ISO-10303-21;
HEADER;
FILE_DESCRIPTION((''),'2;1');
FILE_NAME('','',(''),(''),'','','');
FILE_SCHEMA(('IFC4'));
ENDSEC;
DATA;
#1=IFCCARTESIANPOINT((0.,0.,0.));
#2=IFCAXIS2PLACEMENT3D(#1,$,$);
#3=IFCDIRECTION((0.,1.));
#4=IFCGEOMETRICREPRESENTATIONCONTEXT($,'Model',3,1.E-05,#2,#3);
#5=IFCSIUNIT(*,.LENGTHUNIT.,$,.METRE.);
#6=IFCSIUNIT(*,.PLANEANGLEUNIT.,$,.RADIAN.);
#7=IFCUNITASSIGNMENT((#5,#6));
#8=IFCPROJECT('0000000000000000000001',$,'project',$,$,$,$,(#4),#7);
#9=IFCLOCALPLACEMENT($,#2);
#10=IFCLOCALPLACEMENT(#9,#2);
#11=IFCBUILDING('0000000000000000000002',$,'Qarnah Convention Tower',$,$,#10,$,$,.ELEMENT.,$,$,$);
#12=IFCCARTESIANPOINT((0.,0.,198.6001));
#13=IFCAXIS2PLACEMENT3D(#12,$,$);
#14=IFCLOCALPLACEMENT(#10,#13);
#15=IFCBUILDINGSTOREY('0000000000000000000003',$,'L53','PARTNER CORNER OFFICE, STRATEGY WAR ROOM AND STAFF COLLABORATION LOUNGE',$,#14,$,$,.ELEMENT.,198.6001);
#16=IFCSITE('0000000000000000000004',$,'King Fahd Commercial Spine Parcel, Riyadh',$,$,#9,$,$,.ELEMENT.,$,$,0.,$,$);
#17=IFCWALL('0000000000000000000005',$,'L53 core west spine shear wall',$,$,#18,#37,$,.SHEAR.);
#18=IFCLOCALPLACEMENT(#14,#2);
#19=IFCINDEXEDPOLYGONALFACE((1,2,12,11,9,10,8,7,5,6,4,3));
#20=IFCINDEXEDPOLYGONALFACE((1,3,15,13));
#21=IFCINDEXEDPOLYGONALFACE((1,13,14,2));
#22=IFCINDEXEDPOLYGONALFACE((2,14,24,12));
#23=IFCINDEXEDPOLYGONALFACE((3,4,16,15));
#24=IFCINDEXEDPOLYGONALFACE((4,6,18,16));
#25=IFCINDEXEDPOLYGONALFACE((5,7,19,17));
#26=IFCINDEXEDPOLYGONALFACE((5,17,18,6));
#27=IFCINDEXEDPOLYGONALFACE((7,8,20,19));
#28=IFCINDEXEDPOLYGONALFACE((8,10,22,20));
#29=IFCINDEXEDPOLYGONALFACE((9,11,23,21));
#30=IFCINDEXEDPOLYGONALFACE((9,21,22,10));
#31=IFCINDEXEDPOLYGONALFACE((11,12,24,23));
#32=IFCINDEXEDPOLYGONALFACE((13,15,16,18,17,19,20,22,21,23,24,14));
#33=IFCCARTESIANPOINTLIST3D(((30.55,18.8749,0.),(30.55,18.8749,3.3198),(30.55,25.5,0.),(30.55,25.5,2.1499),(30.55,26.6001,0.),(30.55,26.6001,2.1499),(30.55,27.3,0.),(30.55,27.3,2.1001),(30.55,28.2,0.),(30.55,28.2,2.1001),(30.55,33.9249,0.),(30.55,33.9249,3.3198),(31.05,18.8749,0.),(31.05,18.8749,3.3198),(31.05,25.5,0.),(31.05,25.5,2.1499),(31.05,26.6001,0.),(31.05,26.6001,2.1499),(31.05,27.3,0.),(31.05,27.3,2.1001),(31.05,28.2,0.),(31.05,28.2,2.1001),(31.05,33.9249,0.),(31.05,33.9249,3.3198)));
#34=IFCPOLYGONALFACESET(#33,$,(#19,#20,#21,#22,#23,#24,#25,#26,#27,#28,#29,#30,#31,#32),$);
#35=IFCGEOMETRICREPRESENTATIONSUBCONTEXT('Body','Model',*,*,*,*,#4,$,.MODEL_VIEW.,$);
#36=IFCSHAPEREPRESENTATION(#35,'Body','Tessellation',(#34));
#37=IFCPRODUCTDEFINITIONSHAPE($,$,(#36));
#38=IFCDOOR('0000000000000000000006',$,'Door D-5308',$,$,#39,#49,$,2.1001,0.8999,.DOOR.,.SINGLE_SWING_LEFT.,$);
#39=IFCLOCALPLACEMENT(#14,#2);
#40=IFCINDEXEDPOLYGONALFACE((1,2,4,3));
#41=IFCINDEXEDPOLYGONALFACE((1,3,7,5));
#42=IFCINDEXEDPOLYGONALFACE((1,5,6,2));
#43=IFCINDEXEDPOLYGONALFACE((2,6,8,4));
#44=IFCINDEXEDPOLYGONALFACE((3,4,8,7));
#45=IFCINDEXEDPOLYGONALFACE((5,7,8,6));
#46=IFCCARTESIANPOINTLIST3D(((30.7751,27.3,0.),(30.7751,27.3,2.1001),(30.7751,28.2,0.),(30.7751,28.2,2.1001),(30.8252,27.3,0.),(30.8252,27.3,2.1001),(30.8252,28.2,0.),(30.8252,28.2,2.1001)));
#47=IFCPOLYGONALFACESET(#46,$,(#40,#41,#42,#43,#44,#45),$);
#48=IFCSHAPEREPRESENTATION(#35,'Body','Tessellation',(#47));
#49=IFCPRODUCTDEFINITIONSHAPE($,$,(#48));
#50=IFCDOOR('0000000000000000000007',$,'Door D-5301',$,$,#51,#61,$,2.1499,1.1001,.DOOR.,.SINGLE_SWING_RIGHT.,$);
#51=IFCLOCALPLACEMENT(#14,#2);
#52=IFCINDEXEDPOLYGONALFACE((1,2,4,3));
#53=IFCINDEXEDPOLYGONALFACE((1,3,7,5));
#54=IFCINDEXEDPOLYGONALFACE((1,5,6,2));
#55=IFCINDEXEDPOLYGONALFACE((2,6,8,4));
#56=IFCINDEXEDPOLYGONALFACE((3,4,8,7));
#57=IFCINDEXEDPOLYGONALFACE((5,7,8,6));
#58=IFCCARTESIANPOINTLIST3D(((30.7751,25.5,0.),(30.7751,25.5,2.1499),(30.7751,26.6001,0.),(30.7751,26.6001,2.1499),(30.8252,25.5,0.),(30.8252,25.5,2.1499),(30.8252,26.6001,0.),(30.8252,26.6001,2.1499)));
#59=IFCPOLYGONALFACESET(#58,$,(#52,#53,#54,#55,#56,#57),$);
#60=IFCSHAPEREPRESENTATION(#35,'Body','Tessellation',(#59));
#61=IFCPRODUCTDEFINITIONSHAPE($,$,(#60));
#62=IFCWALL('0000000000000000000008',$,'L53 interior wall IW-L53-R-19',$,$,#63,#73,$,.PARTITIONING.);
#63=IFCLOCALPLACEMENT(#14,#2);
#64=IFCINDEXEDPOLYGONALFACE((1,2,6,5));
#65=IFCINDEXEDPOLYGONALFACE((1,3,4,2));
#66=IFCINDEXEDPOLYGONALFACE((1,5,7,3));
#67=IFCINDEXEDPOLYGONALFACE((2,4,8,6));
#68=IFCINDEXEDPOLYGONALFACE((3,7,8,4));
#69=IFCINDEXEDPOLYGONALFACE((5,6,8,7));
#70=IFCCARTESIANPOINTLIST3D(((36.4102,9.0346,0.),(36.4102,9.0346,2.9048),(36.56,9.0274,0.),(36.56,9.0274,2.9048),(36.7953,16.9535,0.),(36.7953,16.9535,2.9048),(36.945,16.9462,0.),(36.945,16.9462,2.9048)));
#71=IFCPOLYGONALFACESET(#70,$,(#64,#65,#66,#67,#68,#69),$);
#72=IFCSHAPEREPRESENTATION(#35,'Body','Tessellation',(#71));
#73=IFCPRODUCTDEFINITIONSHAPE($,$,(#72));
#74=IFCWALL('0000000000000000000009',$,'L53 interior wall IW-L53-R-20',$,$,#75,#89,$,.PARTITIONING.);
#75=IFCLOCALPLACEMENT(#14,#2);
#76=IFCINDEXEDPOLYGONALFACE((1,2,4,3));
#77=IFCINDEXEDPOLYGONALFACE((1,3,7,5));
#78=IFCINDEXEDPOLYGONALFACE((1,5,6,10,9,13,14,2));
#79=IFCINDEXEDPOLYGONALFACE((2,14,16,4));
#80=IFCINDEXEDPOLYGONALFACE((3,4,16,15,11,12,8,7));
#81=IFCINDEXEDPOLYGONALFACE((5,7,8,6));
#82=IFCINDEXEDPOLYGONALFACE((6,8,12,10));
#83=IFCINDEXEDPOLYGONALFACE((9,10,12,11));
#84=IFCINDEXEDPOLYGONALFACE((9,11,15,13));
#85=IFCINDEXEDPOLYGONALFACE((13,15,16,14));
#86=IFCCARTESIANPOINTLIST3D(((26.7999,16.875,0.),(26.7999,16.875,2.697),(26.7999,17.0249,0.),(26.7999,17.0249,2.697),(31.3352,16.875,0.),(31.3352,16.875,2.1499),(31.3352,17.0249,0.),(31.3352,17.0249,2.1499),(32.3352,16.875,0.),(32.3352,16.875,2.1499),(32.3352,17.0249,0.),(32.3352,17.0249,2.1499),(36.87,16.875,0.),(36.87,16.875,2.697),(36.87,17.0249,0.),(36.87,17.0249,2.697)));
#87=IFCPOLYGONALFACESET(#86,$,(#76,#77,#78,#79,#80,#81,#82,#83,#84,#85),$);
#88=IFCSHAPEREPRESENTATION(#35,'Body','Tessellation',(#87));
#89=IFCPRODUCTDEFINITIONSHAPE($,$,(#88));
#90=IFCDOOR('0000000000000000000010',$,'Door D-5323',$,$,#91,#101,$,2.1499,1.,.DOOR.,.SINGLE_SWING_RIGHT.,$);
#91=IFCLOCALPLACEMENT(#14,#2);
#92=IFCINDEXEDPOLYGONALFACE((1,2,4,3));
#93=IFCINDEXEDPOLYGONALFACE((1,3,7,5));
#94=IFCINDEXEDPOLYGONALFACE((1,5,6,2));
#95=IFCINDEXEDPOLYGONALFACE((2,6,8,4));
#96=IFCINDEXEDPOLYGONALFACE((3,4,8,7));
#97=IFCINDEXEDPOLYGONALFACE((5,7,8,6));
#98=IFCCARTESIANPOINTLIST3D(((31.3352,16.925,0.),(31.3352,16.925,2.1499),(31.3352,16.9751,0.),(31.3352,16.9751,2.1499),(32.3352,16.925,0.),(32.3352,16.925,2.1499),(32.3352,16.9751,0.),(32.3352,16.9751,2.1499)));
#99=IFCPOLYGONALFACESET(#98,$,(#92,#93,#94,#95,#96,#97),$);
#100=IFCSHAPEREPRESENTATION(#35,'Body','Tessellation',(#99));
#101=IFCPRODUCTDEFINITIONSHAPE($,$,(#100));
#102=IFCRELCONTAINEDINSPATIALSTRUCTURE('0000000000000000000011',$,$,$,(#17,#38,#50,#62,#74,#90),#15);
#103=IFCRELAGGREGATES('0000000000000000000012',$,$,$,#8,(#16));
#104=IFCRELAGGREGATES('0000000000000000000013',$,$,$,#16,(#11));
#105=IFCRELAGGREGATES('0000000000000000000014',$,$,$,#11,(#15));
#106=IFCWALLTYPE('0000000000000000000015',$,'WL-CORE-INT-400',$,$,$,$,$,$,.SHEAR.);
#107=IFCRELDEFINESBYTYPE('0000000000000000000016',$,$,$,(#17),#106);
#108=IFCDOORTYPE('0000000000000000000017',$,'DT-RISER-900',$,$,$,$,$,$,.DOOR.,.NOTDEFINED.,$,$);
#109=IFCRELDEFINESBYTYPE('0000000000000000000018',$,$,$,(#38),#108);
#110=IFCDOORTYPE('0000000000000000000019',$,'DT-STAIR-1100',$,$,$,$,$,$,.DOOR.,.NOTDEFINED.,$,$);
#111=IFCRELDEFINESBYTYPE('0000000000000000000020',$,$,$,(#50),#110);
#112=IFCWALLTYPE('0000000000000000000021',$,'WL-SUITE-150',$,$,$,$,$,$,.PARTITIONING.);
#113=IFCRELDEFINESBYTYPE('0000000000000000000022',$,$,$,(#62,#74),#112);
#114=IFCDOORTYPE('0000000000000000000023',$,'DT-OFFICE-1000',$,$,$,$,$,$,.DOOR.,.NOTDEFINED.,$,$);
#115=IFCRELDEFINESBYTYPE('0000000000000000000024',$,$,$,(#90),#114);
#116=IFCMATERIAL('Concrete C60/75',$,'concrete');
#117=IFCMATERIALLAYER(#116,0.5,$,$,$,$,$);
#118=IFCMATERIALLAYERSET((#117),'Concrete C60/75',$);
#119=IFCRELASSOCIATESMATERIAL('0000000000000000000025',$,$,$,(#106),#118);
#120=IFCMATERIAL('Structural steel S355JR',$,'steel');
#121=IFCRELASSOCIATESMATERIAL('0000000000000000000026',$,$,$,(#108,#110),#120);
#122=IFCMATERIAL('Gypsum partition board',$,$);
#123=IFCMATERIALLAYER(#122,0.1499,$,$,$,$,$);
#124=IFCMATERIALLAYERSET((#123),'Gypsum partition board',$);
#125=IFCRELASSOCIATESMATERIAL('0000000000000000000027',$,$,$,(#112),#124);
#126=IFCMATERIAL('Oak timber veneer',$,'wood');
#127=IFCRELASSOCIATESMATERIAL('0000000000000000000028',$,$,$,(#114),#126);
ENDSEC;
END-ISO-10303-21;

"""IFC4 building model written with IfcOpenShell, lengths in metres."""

from ifc_helpers import new_model, si_unit, direction, frame, frame_2d, origin, place, context, subcontext, project, spatial, rectangle, extrude, material, layer, layer_set, type_object, element, fill, save


model = new_model("IFC4")

# Units and contexts
model_context = context("Model", 3, precision=1e-05, world=origin(), true_north=direction((0.0, 1.0)))
body_context = subcontext(model_context, "Body", "Model", "MODEL_VIEW")
ifc_project = project(units=[si_unit("LENGTHUNIT", "METRE"), si_unit("PLANEANGLEUNIT", "RADIAN")], contexts=[model_context])

# Site, building, storey
site_placement = place(None, origin())
site = spatial("IfcSite", under=ifc_project, at=site_placement, Name="King Fahd Commercial Spine Parcel, Riyadh", CompositionType="ELEMENT", RefElevation=0.0)
building_placement = place(site_placement, origin())
building = spatial("IfcBuilding", under=site, at=building_placement, Name="Qarnah Convention Tower", CompositionType="ELEMENT")
storey_placement = place(building_placement, frame((0.0, 0.0, 198.6001)))
storey = spatial("IfcBuildingStorey", under=building, at=storey_placement, Name="L53", Description="PARTNER CORNER OFFICE, STRATEGY WAR ROOM AND STAFF COLLABORATION LOUNGE", CompositionType="ELEMENT", Elevation=198.6001)

# Shared definitions
ifc_material_1 = material(Name="Structural steel S355JR", Category="steel")

# Wall, openings, doors
ifc_material_2 = material(Name="Concrete C60/75", Category="concrete")
ifc_layer_1 = layer(ifc_material_2, 0.5)
ifc_layer_set_1 = layer_set([ifc_layer_1], Name="Concrete C60/75")
wall_type_1 = type_object("IfcWallType", Name="WL-CORE-INT-400", PredefinedType="SHEAR", material=ifc_layer_set_1)
wall_1_placement = place(storey_placement, frame((30.8, 18.875, 0.0), z_axis=(0.0, 0.0, 1.0), x_axis=(0.0, 1.0, 0.0)))
wall_1 = element("IfcWall", 1, at=wall_1_placement, inside=storey, type_object=wall_type_1, Name="L53 core west spine shear wall", PredefinedType="SHEAR", context=body_context, shape_type="SweptSolid", body=[
    extrude(rectangle(XDim=15.05, YDim=0.5, at=frame_2d((7.5249, 0.0))), origin(), (0.0, 0.0, 1.0), 3.3198),
])
opening_1_placement = place(wall_1_placement, frame((6.625, 0.0, 0.0)))
opening_1 = element("IfcOpeningElement", 2, at=opening_1_placement, cuts=wall_1, PredefinedType="OPENING", context=body_context, shape_type="SweptSolid", body=[
    extrude(rectangle(XDim=1.1001, YDim=2.1499, at=frame_2d((0.55, 1.075))), frame((0.0, 0.26, 0.0), z_axis=(0.0, -1.0, 0.0), x_axis=(1.0, 0.0, 0.0)), (0.0, 0.0, 1.0), 0.52),
])
opening_2_placement = place(wall_1_placement, frame((8.425, 0.0, 0.0)))
opening_2 = element("IfcOpeningElement", 3, at=opening_2_placement, cuts=wall_1, PredefinedType="OPENING", context=body_context, shape_type="SweptSolid", body=[
    extrude(rectangle(XDim=0.8999, YDim=2.1001, at=frame_2d((0.45, 1.05))), frame((0.0, 0.26, 0.0), z_axis=(0.0, -1.0, 0.0), x_axis=(1.0, 0.0, 0.0)), (0.0, 0.0, 1.0), 0.52),
])
door_type_1 = type_object("IfcDoorType", Name="DT-RISER-900", OperationType="NOTDEFINED", PredefinedType="DOOR", material=ifc_material_1)
door_1_placement = place(opening_2_placement, origin())
door_1 = element("IfcDoor", 4, at=door_1_placement, inside=storey, type_object=door_type_1, Name="Door D-5308", OperationType="SINGLE_SWING_LEFT", OverallHeight=2.1001, OverallWidth=0.8999, PredefinedType="DOOR", context=body_context, shape_type="SweptSolid", body=[
    extrude(rectangle(XDim=0.8999, YDim=2.1001, at=frame_2d((0.45, 1.05))), frame((0.0, 0.0249, 0.0), z_axis=(0.0, -1.0, 0.0), x_axis=(1.0, 0.0, 0.0)), (0.0, 0.0, 1.0), 0.05),
])
fill(opening_2, door_1)
door_type_2 = type_object("IfcDoorType", Name="DT-STAIR-1100", OperationType="NOTDEFINED", PredefinedType="DOOR", material=ifc_material_1)
door_2_placement = place(opening_1_placement, origin())
door_2 = element("IfcDoor", 5, at=door_2_placement, inside=storey, type_object=door_type_2, Name="Door D-5301", OperationType="SINGLE_SWING_RIGHT", OverallHeight=2.1499, OverallWidth=1.1001, PredefinedType="DOOR", context=body_context, shape_type="SweptSolid", body=[
    extrude(rectangle(XDim=1.1001, YDim=2.1499, at=frame_2d((0.55, 1.075))), frame((0.0, 0.0249, 0.0), z_axis=(0.0, -1.0, 0.0), x_axis=(1.0, 0.0, 0.0)), (0.0, 0.0, 1.0), 0.05),
])
fill(opening_1, door_2)

# Wall
ifc_material_3 = material(Name="Gypsum partition board")
ifc_layer_2 = layer(ifc_material_3, 0.1499)
ifc_layer_set_2 = layer_set([ifc_layer_2], Name="Gypsum partition board")
wall_type_2 = type_object("IfcWallType", Name="WL-SUITE-150", PredefinedType="PARTITIONING", material=ifc_layer_set_2)
wall_2_placement = place(storey_placement, frame((36.4851, 9.031, 0.0), z_axis=(0.0, 0.0, 1.0), x_axis=(0.048561, 0.99882, 0.0)))
element("IfcWall", 6, at=wall_2_placement, inside=storey, type_object=wall_type_2, Name="L53 interior wall IW-L53-R-19", PredefinedType="PARTITIONING", context=body_context, shape_type="SweptSolid", body=[
    extrude(rectangle(XDim=7.9282, YDim=0.1499, at=frame_2d((3.9641, 0.0))), origin(), (0.0, 0.0, 1.0), 2.9048),
])

# Wall, opening, door
wall_3_placement = place(storey_placement, frame((36.8701, 16.95, 0.0), z_axis=(0.0, 0.0, 1.0), x_axis=(-1.0, 0.0, 0.0)))
wall_3 = element("IfcWall", 7, at=wall_3_placement, inside=storey, type_object=wall_type_2, Name="L53 interior wall IW-L53-R-20", PredefinedType="PARTITIONING", context=body_context, shape_type="SweptSolid", body=[
    extrude(rectangle(XDim=10.0701, YDim=0.1499, at=frame_2d((5.0352, 0.0))), origin(), (0.0, 0.0, 1.0), 2.697),
])
opening_3_placement = place(wall_3_placement, frame((4.5349, 0.0, 0.0)))
opening_3 = element("IfcOpeningElement", 8, at=opening_3_placement, cuts=wall_3, PredefinedType="OPENING", context=body_context, shape_type="SweptSolid", body=[
    extrude(rectangle(XDim=1.0, YDim=2.1499, at=frame_2d((0.5, 1.075))), frame((0.0, 0.085, 0.0), z_axis=(0.0, -1.0, 0.0), x_axis=(1.0, 0.0, 0.0)), (0.0, 0.0, 1.0), 0.1699),
])
ifc_material_4 = material(Name="Oak timber veneer", Category="wood")
door_type_3 = type_object("IfcDoorType", Name="DT-OFFICE-1000", OperationType="NOTDEFINED", PredefinedType="DOOR", material=ifc_material_4)
door_3_placement = place(opening_3_placement, origin())
door_3 = element("IfcDoor", 9, at=door_3_placement, inside=storey, type_object=door_type_3, Name="Door D-5323", OperationType="SINGLE_SWING_RIGHT", OverallHeight=2.1499, OverallWidth=1.0, PredefinedType="DOOR", context=body_context, shape_type="SweptSolid", body=[
    extrude(rectangle(XDim=1.0, YDim=2.1499, at=frame_2d((0.5, 1.075))), frame((0.0, 0.0249, 0.0), z_axis=(0.0, -1.0, 0.0), x_axis=(1.0, 0.0, 0.0)), (0.0, 0.0, 1.0), 0.05),
])
fill(opening_3, door_3)

save(model, "model.ifc")
